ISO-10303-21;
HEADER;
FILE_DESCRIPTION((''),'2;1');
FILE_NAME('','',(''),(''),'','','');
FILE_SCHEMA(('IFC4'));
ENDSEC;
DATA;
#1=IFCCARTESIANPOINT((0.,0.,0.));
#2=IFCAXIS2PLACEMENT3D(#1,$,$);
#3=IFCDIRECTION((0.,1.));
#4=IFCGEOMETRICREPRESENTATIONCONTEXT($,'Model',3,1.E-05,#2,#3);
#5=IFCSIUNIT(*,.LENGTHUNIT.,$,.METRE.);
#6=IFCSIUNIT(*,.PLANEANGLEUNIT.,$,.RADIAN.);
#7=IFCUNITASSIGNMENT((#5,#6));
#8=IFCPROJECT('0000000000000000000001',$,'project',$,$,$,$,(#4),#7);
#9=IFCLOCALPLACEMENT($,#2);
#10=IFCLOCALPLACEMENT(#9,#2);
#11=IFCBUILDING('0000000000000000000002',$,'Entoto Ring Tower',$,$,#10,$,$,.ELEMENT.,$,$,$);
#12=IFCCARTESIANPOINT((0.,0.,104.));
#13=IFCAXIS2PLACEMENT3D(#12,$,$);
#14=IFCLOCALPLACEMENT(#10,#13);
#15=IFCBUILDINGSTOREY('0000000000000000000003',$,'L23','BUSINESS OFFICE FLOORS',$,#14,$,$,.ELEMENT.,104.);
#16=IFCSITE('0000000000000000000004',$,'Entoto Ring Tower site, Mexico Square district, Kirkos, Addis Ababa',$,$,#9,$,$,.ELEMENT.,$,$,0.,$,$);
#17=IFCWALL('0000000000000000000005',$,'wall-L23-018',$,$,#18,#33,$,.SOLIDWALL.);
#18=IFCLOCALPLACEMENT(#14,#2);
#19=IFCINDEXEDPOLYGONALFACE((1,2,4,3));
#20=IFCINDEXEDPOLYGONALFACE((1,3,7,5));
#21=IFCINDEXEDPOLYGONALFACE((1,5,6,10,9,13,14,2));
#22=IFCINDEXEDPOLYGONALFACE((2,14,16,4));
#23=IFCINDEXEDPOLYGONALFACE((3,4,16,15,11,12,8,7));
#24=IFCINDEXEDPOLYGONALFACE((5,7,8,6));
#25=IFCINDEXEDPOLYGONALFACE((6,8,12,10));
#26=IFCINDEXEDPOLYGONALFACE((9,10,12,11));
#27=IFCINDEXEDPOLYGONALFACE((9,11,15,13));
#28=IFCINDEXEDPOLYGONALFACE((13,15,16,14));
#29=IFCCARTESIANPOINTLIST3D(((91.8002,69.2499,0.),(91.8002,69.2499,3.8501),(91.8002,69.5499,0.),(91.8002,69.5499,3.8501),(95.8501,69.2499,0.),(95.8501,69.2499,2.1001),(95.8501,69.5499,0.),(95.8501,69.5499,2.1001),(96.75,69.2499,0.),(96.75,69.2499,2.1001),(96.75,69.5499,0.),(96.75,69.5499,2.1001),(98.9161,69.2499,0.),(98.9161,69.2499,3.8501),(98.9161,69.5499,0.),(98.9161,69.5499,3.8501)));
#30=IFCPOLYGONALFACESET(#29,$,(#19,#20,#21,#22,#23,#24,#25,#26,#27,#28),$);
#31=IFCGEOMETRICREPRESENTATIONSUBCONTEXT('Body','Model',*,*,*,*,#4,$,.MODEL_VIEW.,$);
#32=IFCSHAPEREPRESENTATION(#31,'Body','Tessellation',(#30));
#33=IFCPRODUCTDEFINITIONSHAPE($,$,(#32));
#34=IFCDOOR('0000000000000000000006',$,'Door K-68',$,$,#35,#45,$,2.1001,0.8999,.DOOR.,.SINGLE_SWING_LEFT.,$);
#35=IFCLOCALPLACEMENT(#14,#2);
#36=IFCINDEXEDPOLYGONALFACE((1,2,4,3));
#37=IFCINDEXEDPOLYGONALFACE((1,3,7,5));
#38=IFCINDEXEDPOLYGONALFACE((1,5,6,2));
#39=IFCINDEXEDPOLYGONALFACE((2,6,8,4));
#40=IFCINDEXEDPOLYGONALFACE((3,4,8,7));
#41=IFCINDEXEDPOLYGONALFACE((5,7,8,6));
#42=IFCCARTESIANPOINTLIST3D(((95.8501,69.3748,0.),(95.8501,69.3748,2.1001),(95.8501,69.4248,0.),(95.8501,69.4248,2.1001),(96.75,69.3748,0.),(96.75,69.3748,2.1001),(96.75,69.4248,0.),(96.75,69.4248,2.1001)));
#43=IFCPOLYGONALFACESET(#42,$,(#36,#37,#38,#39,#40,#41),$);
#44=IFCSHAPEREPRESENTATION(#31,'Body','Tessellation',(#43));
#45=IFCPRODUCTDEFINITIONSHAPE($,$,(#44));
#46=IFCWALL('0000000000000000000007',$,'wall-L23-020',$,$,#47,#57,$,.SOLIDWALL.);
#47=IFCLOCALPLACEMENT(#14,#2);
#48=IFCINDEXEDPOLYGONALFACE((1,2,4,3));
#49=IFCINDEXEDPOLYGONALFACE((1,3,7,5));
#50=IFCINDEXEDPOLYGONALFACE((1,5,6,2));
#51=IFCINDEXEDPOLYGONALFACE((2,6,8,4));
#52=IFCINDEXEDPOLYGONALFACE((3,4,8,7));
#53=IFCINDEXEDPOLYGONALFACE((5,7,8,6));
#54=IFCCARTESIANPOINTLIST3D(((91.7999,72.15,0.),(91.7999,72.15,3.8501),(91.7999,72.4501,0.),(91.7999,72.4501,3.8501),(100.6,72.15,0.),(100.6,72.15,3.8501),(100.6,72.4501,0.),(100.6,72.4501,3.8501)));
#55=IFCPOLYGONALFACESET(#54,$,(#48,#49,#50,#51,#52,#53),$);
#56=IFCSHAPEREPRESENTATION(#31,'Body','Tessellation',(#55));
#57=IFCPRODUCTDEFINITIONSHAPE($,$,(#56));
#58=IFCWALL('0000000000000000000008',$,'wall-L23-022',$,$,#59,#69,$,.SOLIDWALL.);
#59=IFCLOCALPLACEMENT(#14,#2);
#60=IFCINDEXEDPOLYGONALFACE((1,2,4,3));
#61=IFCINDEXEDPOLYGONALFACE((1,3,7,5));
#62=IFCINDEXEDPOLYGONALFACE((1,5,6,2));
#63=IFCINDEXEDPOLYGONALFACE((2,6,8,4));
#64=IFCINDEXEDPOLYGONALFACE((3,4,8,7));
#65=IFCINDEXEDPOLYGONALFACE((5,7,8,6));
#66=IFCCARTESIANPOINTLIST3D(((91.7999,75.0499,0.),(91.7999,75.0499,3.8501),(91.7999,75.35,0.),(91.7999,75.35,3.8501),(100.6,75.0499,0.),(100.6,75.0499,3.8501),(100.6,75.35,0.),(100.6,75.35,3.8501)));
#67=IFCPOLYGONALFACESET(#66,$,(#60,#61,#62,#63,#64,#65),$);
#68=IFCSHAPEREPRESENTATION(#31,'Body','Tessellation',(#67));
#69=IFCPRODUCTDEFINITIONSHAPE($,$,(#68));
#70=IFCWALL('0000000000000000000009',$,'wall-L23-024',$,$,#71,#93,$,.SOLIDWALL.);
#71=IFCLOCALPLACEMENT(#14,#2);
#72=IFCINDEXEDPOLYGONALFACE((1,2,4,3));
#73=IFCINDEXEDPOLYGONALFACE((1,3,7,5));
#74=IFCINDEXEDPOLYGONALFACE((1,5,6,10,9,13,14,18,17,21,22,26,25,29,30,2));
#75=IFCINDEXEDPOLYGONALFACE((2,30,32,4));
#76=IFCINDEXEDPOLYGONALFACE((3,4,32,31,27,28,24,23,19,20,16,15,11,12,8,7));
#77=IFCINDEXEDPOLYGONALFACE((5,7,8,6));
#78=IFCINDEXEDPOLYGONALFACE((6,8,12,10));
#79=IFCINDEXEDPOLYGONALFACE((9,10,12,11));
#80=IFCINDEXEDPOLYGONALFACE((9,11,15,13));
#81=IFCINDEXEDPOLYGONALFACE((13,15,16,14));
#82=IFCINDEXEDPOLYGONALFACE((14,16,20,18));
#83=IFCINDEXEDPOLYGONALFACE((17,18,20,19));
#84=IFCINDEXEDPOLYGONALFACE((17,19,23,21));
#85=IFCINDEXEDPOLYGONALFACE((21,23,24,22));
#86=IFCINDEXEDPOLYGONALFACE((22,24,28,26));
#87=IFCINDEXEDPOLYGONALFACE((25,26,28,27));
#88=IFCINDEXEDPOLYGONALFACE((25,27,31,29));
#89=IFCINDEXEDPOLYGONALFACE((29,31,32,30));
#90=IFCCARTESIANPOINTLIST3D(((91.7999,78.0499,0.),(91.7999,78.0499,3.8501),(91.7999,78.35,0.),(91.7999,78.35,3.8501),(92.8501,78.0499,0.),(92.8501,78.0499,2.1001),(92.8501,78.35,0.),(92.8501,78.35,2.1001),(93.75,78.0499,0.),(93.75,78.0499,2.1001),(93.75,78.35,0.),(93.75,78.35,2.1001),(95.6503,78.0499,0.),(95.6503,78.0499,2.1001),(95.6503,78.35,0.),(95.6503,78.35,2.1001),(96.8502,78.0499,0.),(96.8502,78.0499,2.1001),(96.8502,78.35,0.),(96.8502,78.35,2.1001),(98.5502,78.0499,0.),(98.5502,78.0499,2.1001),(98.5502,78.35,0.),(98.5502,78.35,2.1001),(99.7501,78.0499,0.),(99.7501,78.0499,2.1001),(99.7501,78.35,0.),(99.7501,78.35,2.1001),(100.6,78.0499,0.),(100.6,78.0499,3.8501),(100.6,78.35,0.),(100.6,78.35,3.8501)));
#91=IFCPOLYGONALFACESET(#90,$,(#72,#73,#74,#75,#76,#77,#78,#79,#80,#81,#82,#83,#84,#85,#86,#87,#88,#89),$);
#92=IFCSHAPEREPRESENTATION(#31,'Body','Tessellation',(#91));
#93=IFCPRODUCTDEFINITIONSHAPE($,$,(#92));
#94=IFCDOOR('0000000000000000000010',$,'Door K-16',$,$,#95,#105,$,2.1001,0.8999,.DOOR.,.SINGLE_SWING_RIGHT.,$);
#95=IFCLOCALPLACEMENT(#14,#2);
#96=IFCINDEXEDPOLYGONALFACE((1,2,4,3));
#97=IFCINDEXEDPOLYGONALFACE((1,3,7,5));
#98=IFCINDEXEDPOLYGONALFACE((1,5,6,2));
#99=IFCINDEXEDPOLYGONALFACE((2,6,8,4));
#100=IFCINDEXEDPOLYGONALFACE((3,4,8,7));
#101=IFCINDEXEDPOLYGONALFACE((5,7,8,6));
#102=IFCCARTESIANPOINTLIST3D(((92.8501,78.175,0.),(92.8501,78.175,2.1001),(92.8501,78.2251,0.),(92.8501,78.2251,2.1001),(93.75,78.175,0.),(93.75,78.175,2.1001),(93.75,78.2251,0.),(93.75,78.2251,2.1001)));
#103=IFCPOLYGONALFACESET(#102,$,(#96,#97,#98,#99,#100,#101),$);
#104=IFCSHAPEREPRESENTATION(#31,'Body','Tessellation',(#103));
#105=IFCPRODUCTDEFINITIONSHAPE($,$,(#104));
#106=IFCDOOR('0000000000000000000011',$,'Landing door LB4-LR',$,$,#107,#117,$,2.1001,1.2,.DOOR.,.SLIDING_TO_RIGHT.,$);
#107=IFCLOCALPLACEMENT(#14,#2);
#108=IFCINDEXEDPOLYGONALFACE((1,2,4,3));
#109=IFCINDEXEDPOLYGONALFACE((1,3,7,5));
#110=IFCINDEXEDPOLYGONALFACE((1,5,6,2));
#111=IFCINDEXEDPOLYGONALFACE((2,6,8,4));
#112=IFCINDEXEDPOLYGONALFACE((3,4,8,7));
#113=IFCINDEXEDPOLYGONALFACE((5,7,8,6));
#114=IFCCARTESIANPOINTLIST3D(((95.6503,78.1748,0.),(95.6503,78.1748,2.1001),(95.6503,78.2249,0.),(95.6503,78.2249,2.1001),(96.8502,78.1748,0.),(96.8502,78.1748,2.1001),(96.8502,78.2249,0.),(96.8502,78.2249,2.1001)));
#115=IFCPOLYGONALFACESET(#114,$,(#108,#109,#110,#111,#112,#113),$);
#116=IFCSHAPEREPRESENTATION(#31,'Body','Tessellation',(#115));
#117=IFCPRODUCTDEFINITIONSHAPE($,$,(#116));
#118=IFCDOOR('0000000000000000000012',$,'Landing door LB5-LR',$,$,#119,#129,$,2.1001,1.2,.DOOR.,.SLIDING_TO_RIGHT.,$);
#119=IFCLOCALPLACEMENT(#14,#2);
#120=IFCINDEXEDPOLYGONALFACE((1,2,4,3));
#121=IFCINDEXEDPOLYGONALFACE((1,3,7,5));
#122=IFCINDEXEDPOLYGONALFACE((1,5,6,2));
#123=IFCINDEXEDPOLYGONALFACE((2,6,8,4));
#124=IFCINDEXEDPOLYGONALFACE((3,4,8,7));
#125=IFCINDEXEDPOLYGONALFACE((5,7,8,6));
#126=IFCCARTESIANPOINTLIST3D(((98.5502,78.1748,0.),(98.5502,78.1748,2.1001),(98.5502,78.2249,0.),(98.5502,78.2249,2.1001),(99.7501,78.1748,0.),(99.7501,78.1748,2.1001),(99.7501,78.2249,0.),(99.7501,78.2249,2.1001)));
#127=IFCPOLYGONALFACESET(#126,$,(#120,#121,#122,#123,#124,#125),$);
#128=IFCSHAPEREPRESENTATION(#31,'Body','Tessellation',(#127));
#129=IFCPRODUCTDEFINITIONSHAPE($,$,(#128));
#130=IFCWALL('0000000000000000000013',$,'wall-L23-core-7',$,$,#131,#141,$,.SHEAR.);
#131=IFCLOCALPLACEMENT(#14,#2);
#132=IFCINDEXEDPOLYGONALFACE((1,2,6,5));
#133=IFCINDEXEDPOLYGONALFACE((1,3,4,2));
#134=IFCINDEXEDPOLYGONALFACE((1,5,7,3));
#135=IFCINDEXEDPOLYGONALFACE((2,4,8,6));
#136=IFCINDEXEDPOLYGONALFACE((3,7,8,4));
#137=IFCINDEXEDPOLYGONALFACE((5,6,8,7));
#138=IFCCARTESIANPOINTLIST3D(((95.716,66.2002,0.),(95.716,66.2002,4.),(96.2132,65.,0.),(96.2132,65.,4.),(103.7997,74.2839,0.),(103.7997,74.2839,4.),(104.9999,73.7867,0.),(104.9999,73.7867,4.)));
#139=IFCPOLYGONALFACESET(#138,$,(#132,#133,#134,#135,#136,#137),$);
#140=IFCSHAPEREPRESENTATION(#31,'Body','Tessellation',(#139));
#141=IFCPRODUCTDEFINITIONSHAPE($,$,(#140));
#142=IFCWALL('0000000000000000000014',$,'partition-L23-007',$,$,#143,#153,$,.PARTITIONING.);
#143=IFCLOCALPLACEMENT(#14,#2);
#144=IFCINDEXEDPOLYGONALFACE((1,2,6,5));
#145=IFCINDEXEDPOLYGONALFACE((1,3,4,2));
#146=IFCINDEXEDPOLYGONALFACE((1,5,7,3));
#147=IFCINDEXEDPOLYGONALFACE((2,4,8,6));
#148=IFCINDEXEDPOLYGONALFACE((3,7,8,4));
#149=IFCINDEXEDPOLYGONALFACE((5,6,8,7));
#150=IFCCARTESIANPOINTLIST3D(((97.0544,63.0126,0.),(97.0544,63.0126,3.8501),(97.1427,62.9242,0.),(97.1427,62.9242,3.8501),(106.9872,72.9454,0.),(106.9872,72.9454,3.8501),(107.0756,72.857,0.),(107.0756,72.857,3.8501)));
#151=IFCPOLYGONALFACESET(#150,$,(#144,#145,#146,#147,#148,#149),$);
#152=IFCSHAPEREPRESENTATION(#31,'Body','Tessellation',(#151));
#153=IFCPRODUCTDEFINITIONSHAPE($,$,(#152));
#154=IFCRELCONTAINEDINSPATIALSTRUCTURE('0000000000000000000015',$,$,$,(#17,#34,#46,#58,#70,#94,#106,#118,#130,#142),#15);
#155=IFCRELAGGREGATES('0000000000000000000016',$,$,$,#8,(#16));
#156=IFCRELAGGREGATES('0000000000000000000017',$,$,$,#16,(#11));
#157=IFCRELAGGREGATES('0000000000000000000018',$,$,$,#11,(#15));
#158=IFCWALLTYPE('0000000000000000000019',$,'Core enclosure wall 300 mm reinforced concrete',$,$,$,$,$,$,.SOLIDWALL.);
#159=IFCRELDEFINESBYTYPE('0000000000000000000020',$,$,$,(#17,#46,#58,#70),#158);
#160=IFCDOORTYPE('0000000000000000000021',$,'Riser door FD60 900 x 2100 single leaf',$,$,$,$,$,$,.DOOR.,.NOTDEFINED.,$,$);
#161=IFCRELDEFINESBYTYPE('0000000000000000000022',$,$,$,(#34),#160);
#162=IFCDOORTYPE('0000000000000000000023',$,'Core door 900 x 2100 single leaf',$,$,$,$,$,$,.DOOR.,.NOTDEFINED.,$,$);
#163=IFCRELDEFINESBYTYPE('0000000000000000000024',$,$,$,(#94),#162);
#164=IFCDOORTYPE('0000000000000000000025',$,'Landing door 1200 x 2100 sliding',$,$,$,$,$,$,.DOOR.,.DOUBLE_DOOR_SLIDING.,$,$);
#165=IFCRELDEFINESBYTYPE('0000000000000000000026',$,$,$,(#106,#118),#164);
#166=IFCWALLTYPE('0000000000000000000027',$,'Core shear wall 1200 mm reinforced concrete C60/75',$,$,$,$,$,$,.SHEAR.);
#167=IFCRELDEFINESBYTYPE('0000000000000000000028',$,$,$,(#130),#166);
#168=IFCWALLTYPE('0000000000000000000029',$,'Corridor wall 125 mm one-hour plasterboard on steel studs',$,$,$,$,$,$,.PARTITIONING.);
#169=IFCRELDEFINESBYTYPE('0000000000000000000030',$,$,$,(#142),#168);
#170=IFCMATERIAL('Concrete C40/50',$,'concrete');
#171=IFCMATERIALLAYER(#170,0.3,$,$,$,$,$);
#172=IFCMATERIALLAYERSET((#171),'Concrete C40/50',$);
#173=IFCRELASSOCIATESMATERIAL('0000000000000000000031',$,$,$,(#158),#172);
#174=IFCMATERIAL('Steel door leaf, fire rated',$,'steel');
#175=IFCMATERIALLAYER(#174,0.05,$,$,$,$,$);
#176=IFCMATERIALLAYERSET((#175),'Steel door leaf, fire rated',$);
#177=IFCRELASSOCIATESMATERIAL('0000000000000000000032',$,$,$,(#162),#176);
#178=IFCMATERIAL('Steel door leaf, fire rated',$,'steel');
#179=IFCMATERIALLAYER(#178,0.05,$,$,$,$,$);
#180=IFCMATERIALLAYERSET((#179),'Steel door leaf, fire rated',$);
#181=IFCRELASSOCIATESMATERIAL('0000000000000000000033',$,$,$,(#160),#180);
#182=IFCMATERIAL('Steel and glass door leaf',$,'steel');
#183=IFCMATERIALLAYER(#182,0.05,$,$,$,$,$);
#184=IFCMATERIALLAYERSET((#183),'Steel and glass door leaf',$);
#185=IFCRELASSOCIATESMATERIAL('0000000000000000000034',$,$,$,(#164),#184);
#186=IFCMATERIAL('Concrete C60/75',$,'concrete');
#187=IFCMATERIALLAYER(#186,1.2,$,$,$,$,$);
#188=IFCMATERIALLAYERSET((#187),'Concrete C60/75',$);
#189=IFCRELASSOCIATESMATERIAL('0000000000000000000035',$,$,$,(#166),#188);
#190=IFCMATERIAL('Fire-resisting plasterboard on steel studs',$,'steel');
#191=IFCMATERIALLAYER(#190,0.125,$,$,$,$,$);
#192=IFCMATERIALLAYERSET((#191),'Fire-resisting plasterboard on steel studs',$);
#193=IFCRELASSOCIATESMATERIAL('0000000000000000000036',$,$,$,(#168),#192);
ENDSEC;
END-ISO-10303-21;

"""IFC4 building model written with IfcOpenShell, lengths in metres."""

from ifc_helpers import new_model, si_unit, direction, frame, frame_2d, origin, place, context, subcontext, project, spatial, polyline, rectangle, outline, extrude, material, layer, layer_set, type_object, element, fill, save


model = new_model("IFC4")

# Units and contexts
model_context = context("Model", 3, precision=1e-05, world=origin(), true_north=direction((0.0, 1.0)))
body_context = subcontext(model_context, "Body", "Model", "MODEL_VIEW")
ifc_project = project(units=[si_unit("LENGTHUNIT", "METRE"), si_unit("PLANEANGLEUNIT", "RADIAN")], contexts=[model_context])

# Site, building, storey
site_placement = place(None, origin())
site = spatial("IfcSite", under=ifc_project, at=site_placement, Name="Entoto Ring Tower site, Mexico Square district, Kirkos, Addis Ababa", CompositionType="ELEMENT", RefElevation=0.0)
building_placement = place(site_placement, origin())
building = spatial("IfcBuilding", under=site, at=building_placement, Name="Entoto Ring Tower", CompositionType="ELEMENT")
storey_placement = place(building_placement, frame((0.0, 0.0, 104.0)))
storey = spatial("IfcBuildingStorey", under=building, at=storey_placement, Name="L23", Description="BUSINESS OFFICE FLOORS", CompositionType="ELEMENT", Elevation=104.0)

# Shared definitions
ifc_material_1 = material(Name="Concrete C40/50", Category="concrete")
ifc_layer_1 = layer(ifc_material_1, 0.3)
ifc_layer_set_1 = layer_set([ifc_layer_1], Name="Concrete C40/50")
wall_type_1 = type_object("IfcWallType", Name="Core enclosure wall 300 mm reinforced concrete", PredefinedType="SOLIDWALL", material=ifc_layer_set_1)

# Shared definitions
ifc_material_2 = material(Name="Steel door leaf, fire rated", Category="steel")
ifc_layer_2 = layer(ifc_material_2, 0.05)
ifc_layer_set_2 = layer_set([ifc_layer_2], Name="Steel door leaf, fire rated")
door_type_1 = type_object("IfcDoorType", Name="Core door 900 x 2100 single leaf", OperationType="NOTDEFINED", PredefinedType="DOOR", material=ifc_layer_set_2)

# Wall, opening, door
wall_1_placement = place(storey_placement, frame((91.8, 69.3999, 0.0), z_axis=(0.0, 0.0, 1.0), x_axis=(1.0, 0.0, 0.0)))
wall_1 = element("IfcWall", 1, at=wall_1_placement, inside=storey, type_object=wall_type_1, Name="wall-L23-018", PredefinedType="SOLIDWALL", context=body_context, shape_type="SweptSolid", body=[
    extrude(rectangle(XDim=7.116, YDim=0.3, at=frame_2d((3.5581, 0.0))), origin(), (0.0, 0.0, 1.0), 3.8501),
])
opening_1_placement = place(wall_1_placement, frame((4.05, 0.0, 0.0)))
opening_1 = element("IfcOpeningElement", 2, at=opening_1_placement, cuts=wall_1, PredefinedType="OPENING", context=body_context, shape_type="SweptSolid", body=[
    extrude(rectangle(XDim=0.8999, YDim=2.1001, at=frame_2d((0.45, 1.05))), frame((0.0, 0.1602, 0.0), z_axis=(0.0, -1.0, 0.0), x_axis=(1.0, 0.0, 0.0)), (0.0, 0.0, 1.0), 0.3201),
])
ifc_material_3 = material(Name="Steel door leaf, fire rated", Category="steel")
ifc_layer_3 = layer(ifc_material_3, 0.05)
ifc_layer_set_3 = layer_set([ifc_layer_3], Name="Steel door leaf, fire rated")
door_type_2 = type_object("IfcDoorType", Name="Riser door FD60 900 x 2100 single leaf", OperationType="NOTDEFINED", PredefinedType="DOOR", material=ifc_layer_set_3)
door_1_placement = place(opening_1_placement, origin())
door_1 = element("IfcDoor", 3, at=door_1_placement, inside=storey, type_object=door_type_2, Name="Door K-68", OperationType="SINGLE_SWING_LEFT", OverallHeight=2.1001, OverallWidth=0.8999, PredefinedType="DOOR", context=body_context, shape_type="SweptSolid", body=[
    extrude(rectangle(XDim=0.8999, YDim=2.1001, at=frame_2d((0.45, 1.05))), frame((0.0, 0.0249, 0.0), z_axis=(0.0, -1.0, 0.0), x_axis=(1.0, 0.0, 0.0)), (0.0, 0.0, 1.0), 0.05),
])
fill(opening_1, door_1)

# Walls
for number, where, z_axis, x_axis, name in (
    (4, (91.8, 72.3, 0.0), (0.0, 0.0, 1.0), (1.0, 0.0, 0.0), "wall-L23-020"),
    (5, (91.8, 75.2, 0.0), (0.0, 0.0, 1.0), (1.0, 0.0, 0.0), "wall-L23-022"),
):
    element("IfcWall", number, at=place(storey_placement, frame(where, z_axis=z_axis, x_axis=x_axis)), inside=storey, type_object=wall_type_1, Name=name, PredefinedType="SOLIDWALL", context=body_context, shape_type="SweptSolid", body=[
        extrude(rectangle(XDim=8.8, YDim=0.3, at=frame_2d((4.3999, 0.0))), origin(), (0.0, 0.0, 1.0), 3.8501),
    ])

# Wall, openings, doors
wall_2_placement = place(storey_placement, frame((91.8, 78.2, 0.0), z_axis=(0.0, 0.0, 1.0), x_axis=(1.0, 0.0, 0.0)))
wall_2 = element("IfcWall", 6, at=wall_2_placement, inside=storey, type_object=wall_type_1, Name="wall-L23-024", PredefinedType="SOLIDWALL", context=body_context, shape_type="SweptSolid", body=[
    extrude(rectangle(XDim=8.8, YDim=0.3, at=frame_2d((4.3999, 0.0))), origin(), (0.0, 0.0, 1.0), 3.8501),
])
opening_2_placement = place(wall_2_placement, frame((3.8501, 0.0, 0.0)))
opening_2 = element("IfcOpeningElement", 7, at=opening_2_placement, cuts=wall_2, PredefinedType="OPENING", context=body_context, shape_type="SweptSolid", body=[
    extrude(rectangle(XDim=1.2, YDim=2.1001, at=frame_2d((0.6001, 1.05))), frame((0.0, 0.1602, 0.0), z_axis=(0.0, -1.0, 0.0), x_axis=(1.0, 0.0, 0.0)), (0.0, 0.0, 1.0), 0.3201),
])
opening_3_placement = place(wall_2_placement, frame((6.75, 0.0, 0.0)))
opening_3 = element("IfcOpeningElement", 8, at=opening_3_placement, cuts=wall_2, PredefinedType="OPENING", context=body_context, shape_type="SweptSolid", body=[
    extrude(rectangle(XDim=1.2, YDim=2.1001, at=frame_2d((0.6001, 1.05))), frame((0.0, 0.1602, 0.0), z_axis=(0.0, -1.0, 0.0), x_axis=(1.0, 0.0, 0.0)), (0.0, 0.0, 1.0), 0.3201),
])
opening_4_placement = place(wall_2_placement, frame((1.05, 0.0, 0.0)))
opening_4 = element("IfcOpeningElement", 9, at=opening_4_placement, cuts=wall_2, PredefinedType="OPENING", context=body_context, shape_type="SweptSolid", body=[
    extrude(rectangle(XDim=0.8999, YDim=2.1001, at=frame_2d((0.45, 1.05))), frame((0.0, 0.1602, 0.0), z_axis=(0.0, -1.0, 0.0), x_axis=(1.0, 0.0, 0.0)), (0.0, 0.0, 1.0), 0.3201),
])
door_2_placement = place(opening_4_placement, frame((0.8999, 0.0, 0.0), z_axis=(0.0, 0.0, 1.0), x_axis=(-1.0, 0.0, 0.0)))
door_2 = element("IfcDoor", 10, at=door_2_placement, inside=storey, type_object=door_type_1, Name="Door K-16", OperationType="SINGLE_SWING_RIGHT", OverallHeight=2.1001, OverallWidth=0.8999, PredefinedType="DOOR", context=body_context, shape_type="SweptSolid", body=[
    extrude(rectangle(XDim=0.8999, YDim=2.1001, at=frame_2d((0.45, 1.05))), frame((0.0, 0.0249, 0.0), z_axis=(0.0, -1.0, 0.0), x_axis=(1.0, 0.0, 0.0)), (0.0, 0.0, 1.0), 0.05),
])
fill(opening_4, door_2)
ifc_material_4 = material(Name="Steel and glass door leaf", Category="steel")
ifc_layer_4 = layer(ifc_material_4, 0.05)
ifc_layer_set_4 = layer_set([ifc_layer_4], Name="Steel and glass door leaf")
door_type_3 = type_object("IfcDoorType", Name="Landing door 1200 x 2100 sliding", OperationType="DOUBLE_DOOR_SLIDING", PredefinedType="DOOR", material=ifc_layer_set_4)
door_3_placement = place(opening_2_placement, origin())
door_3 = element("IfcDoor", 11, at=door_3_placement, inside=storey, type_object=door_type_3, Name="Landing door LB4-LR", OperationType="SLIDING_TO_RIGHT", OverallHeight=2.1001, OverallWidth=1.2, PredefinedType="DOOR", context=body_context, shape_type="SweptSolid", body=[
    extrude(rectangle(XDim=1.2, YDim=2.1001, at=frame_2d((0.6001, 1.05))), frame((0.0, 0.0249, 0.0), z_axis=(0.0, -1.0, 0.0), x_axis=(1.0, 0.0, 0.0)), (0.0, 0.0, 1.0), 0.05),
])
fill(opening_2, door_3)
door_4_placement = place(opening_3_placement, origin())
door_4 = element("IfcDoor", 12, at=door_4_placement, inside=storey, type_object=door_type_3, Name="Landing door LB5-LR", OperationType="SLIDING_TO_RIGHT", OverallHeight=2.1001, OverallWidth=1.2, PredefinedType="DOOR", context=body_context, shape_type="SweptSolid", body=[
    extrude(rectangle(XDim=1.2, YDim=2.1001, at=frame_2d((0.6001, 1.05))), frame((0.0, 0.0249, 0.0), z_axis=(0.0, -1.0, 0.0), x_axis=(1.0, 0.0, 0.0)), (0.0, 0.0, 1.0), 0.05),
])
fill(opening_3, door_4)

# Walls
ifc_material_5 = material(Name="Concrete C60/75", Category="concrete")
ifc_layer_5 = layer(ifc_material_5, 1.2)
ifc_layer_set_5 = layer_set([ifc_layer_5], Name="Concrete C60/75")
wall_type_2 = type_object("IfcWallType", Name="Core shear wall 1200 mm reinforced concrete C60/75", PredefinedType="SHEAR", material=ifc_layer_set_5)
wall_3_placement = place(storey_placement, frame((95.9646, 65.6001, 0.0), z_axis=(0.0, 0.0, 1.0), x_axis=(0.707107, 0.707107, 0.0)))
element("IfcWall", 13, at=wall_3_placement, inside=storey, type_object=wall_type_2, Name="wall-L23-core-7", PredefinedType="SHEAR", context=body_context, shape_type="SweptSolid", body=[
    extrude(outline(polyline([(-0.2485, -0.6001), (12.1777, -0.6001), (11.6807, 0.6001), (0.2485, 0.6001), (-0.2485, -0.6001)])), origin(), (0.0, 0.0, 1.0), 4.0),
])
ifc_material_6 = material(Name="Fire-resisting plasterboard on steel studs", Category="steel")
ifc_layer_6 = layer(ifc_material_6, 0.125)
ifc_layer_set_6 = layer_set([ifc_layer_6], Name="Fire-resisting plasterboard on steel studs")
wall_type_3 = type_object("IfcWallType", Name="Corridor wall 125 mm one-hour plasterboard on steel studs", PredefinedType="PARTITIONING", material=ifc_layer_set_6)
wall_4_placement = place(storey_placement, frame((97.0986, 62.9685, 0.0), z_axis=(0.0, 0.0, 1.0), x_axis=(0.707107, 0.707107, 0.0)))
element("IfcWall", 14, at=wall_4_placement, inside=storey, type_object=wall_type_3, Name="partition-L23-007", PredefinedType="PARTITIONING", context=body_context, shape_type="SweptSolid", body=[
    extrude(rectangle(XDim=14.0471, YDim=0.125, at=frame_2d((7.0234, 0.0))), origin(), (0.0, 0.0, 1.0), 3.8501),
])

save(model, "model.ifc")
